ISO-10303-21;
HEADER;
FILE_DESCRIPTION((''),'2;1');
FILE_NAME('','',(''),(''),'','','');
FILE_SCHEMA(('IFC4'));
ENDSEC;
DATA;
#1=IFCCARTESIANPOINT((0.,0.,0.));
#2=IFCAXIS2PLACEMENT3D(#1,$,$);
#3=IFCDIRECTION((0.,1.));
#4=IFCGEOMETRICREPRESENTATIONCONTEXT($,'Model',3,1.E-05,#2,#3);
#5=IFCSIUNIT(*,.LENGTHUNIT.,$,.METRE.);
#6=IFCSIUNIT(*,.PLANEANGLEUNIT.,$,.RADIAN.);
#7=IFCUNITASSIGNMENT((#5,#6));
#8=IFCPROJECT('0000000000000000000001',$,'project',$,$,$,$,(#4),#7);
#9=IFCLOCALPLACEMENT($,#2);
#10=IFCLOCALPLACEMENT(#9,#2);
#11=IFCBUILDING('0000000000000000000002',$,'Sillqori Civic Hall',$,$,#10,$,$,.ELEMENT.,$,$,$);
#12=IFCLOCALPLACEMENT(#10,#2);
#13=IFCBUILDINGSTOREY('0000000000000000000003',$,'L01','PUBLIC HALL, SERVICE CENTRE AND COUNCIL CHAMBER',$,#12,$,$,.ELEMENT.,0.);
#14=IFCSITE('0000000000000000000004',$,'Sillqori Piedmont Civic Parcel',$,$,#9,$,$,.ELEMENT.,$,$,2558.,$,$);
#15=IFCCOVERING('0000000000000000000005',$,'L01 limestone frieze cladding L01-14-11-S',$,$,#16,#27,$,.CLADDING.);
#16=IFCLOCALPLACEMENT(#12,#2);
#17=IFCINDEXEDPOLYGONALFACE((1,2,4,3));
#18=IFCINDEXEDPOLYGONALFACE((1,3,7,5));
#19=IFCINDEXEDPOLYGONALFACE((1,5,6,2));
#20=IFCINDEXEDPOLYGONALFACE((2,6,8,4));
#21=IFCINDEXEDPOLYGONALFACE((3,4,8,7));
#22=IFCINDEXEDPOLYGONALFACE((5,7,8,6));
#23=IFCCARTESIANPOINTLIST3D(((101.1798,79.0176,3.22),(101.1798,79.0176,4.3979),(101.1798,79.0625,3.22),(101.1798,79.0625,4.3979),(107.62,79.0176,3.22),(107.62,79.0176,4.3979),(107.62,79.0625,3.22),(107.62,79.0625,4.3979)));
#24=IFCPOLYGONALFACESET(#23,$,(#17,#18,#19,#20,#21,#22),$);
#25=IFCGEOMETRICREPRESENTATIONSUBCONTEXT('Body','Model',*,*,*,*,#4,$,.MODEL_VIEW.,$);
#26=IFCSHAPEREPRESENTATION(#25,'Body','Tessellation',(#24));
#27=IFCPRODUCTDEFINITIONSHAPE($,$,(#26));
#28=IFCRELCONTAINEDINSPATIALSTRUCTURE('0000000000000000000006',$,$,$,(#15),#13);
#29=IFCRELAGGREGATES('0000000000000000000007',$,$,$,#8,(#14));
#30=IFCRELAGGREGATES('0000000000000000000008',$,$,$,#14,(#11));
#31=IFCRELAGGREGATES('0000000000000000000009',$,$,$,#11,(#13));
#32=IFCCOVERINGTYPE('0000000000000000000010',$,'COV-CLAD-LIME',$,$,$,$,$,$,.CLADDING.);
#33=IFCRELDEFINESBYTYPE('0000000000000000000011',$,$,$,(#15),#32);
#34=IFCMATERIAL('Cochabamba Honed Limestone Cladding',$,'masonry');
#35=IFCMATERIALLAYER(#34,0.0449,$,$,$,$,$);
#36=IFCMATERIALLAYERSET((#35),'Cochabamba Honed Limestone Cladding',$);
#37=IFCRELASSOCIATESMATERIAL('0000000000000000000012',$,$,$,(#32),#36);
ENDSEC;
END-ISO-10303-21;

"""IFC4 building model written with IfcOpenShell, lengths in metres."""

from ifc_helpers import new_model, si_unit, direction, frame, frame_2d, origin, place, context, subcontext, project, spatial, rectangle, extrude, material, layer, layer_set, type_object, element, save


model = new_model("IFC4")

# Units and contexts
model_context = context("Model", 3, precision=1e-05, world=origin(), true_north=direction((0.0, 1.0)))
body_context = subcontext(model_context, "Body", "Model", "MODEL_VIEW")
ifc_project = project(units=[si_unit("LENGTHUNIT", "METRE"), si_unit("PLANEANGLEUNIT", "RADIAN")], contexts=[model_context])

# Site, building, storey
site_placement = place(None, origin())
site = spatial("IfcSite", under=ifc_project, at=site_placement, Name="Sillqori Piedmont Civic Parcel", CompositionType="ELEMENT", RefElevation=2558.0)
building_placement = place(site_placement, origin())
building = spatial("IfcBuilding", under=site, at=building_placement, Name="Sillqori Civic Hall", CompositionType="ELEMENT")
storey_placement = place(building_placement, origin())
storey = spatial("IfcBuildingStorey", under=building, at=storey_placement, Name="L01", Description="PUBLIC HALL, SERVICE CENTRE AND COUNCIL CHAMBER", CompositionType="ELEMENT", Elevation=0.0)

# Covering
ifc_material_1 = material(Name="Cochabamba Honed Limestone Cladding", Category="masonry")
ifc_layer_1 = layer(ifc_material_1, 0.0449)
ifc_layer_set_1 = layer_set([ifc_layer_1], Name="Cochabamba Honed Limestone Cladding")
covering_type = type_object("IfcCoveringType", Name="COV-CLAD-LIME", PredefinedType="CLADDING", material=ifc_layer_set_1)
covering_1_placement = place(storey_placement, frame((107.6201, 79.04, 3.22), z_axis=(0.0, 0.0, 1.0), x_axis=(-1.0, 0.0, 0.0)))
element("IfcCovering", 1, at=covering_1_placement, inside=storey, type_object=covering_type, Name="L01 limestone frieze cladding L01-14-11-S", PredefinedType="CLADDING", context=body_context, shape_type="SweptSolid", body=[
    extrude(rectangle(XDim=6.4402, YDim=0.0449, at=frame_2d((3.2202, 0.0))), origin(), (0.0, 0.0, 1.0), 1.178),
])

save(model, "model.ifc")
